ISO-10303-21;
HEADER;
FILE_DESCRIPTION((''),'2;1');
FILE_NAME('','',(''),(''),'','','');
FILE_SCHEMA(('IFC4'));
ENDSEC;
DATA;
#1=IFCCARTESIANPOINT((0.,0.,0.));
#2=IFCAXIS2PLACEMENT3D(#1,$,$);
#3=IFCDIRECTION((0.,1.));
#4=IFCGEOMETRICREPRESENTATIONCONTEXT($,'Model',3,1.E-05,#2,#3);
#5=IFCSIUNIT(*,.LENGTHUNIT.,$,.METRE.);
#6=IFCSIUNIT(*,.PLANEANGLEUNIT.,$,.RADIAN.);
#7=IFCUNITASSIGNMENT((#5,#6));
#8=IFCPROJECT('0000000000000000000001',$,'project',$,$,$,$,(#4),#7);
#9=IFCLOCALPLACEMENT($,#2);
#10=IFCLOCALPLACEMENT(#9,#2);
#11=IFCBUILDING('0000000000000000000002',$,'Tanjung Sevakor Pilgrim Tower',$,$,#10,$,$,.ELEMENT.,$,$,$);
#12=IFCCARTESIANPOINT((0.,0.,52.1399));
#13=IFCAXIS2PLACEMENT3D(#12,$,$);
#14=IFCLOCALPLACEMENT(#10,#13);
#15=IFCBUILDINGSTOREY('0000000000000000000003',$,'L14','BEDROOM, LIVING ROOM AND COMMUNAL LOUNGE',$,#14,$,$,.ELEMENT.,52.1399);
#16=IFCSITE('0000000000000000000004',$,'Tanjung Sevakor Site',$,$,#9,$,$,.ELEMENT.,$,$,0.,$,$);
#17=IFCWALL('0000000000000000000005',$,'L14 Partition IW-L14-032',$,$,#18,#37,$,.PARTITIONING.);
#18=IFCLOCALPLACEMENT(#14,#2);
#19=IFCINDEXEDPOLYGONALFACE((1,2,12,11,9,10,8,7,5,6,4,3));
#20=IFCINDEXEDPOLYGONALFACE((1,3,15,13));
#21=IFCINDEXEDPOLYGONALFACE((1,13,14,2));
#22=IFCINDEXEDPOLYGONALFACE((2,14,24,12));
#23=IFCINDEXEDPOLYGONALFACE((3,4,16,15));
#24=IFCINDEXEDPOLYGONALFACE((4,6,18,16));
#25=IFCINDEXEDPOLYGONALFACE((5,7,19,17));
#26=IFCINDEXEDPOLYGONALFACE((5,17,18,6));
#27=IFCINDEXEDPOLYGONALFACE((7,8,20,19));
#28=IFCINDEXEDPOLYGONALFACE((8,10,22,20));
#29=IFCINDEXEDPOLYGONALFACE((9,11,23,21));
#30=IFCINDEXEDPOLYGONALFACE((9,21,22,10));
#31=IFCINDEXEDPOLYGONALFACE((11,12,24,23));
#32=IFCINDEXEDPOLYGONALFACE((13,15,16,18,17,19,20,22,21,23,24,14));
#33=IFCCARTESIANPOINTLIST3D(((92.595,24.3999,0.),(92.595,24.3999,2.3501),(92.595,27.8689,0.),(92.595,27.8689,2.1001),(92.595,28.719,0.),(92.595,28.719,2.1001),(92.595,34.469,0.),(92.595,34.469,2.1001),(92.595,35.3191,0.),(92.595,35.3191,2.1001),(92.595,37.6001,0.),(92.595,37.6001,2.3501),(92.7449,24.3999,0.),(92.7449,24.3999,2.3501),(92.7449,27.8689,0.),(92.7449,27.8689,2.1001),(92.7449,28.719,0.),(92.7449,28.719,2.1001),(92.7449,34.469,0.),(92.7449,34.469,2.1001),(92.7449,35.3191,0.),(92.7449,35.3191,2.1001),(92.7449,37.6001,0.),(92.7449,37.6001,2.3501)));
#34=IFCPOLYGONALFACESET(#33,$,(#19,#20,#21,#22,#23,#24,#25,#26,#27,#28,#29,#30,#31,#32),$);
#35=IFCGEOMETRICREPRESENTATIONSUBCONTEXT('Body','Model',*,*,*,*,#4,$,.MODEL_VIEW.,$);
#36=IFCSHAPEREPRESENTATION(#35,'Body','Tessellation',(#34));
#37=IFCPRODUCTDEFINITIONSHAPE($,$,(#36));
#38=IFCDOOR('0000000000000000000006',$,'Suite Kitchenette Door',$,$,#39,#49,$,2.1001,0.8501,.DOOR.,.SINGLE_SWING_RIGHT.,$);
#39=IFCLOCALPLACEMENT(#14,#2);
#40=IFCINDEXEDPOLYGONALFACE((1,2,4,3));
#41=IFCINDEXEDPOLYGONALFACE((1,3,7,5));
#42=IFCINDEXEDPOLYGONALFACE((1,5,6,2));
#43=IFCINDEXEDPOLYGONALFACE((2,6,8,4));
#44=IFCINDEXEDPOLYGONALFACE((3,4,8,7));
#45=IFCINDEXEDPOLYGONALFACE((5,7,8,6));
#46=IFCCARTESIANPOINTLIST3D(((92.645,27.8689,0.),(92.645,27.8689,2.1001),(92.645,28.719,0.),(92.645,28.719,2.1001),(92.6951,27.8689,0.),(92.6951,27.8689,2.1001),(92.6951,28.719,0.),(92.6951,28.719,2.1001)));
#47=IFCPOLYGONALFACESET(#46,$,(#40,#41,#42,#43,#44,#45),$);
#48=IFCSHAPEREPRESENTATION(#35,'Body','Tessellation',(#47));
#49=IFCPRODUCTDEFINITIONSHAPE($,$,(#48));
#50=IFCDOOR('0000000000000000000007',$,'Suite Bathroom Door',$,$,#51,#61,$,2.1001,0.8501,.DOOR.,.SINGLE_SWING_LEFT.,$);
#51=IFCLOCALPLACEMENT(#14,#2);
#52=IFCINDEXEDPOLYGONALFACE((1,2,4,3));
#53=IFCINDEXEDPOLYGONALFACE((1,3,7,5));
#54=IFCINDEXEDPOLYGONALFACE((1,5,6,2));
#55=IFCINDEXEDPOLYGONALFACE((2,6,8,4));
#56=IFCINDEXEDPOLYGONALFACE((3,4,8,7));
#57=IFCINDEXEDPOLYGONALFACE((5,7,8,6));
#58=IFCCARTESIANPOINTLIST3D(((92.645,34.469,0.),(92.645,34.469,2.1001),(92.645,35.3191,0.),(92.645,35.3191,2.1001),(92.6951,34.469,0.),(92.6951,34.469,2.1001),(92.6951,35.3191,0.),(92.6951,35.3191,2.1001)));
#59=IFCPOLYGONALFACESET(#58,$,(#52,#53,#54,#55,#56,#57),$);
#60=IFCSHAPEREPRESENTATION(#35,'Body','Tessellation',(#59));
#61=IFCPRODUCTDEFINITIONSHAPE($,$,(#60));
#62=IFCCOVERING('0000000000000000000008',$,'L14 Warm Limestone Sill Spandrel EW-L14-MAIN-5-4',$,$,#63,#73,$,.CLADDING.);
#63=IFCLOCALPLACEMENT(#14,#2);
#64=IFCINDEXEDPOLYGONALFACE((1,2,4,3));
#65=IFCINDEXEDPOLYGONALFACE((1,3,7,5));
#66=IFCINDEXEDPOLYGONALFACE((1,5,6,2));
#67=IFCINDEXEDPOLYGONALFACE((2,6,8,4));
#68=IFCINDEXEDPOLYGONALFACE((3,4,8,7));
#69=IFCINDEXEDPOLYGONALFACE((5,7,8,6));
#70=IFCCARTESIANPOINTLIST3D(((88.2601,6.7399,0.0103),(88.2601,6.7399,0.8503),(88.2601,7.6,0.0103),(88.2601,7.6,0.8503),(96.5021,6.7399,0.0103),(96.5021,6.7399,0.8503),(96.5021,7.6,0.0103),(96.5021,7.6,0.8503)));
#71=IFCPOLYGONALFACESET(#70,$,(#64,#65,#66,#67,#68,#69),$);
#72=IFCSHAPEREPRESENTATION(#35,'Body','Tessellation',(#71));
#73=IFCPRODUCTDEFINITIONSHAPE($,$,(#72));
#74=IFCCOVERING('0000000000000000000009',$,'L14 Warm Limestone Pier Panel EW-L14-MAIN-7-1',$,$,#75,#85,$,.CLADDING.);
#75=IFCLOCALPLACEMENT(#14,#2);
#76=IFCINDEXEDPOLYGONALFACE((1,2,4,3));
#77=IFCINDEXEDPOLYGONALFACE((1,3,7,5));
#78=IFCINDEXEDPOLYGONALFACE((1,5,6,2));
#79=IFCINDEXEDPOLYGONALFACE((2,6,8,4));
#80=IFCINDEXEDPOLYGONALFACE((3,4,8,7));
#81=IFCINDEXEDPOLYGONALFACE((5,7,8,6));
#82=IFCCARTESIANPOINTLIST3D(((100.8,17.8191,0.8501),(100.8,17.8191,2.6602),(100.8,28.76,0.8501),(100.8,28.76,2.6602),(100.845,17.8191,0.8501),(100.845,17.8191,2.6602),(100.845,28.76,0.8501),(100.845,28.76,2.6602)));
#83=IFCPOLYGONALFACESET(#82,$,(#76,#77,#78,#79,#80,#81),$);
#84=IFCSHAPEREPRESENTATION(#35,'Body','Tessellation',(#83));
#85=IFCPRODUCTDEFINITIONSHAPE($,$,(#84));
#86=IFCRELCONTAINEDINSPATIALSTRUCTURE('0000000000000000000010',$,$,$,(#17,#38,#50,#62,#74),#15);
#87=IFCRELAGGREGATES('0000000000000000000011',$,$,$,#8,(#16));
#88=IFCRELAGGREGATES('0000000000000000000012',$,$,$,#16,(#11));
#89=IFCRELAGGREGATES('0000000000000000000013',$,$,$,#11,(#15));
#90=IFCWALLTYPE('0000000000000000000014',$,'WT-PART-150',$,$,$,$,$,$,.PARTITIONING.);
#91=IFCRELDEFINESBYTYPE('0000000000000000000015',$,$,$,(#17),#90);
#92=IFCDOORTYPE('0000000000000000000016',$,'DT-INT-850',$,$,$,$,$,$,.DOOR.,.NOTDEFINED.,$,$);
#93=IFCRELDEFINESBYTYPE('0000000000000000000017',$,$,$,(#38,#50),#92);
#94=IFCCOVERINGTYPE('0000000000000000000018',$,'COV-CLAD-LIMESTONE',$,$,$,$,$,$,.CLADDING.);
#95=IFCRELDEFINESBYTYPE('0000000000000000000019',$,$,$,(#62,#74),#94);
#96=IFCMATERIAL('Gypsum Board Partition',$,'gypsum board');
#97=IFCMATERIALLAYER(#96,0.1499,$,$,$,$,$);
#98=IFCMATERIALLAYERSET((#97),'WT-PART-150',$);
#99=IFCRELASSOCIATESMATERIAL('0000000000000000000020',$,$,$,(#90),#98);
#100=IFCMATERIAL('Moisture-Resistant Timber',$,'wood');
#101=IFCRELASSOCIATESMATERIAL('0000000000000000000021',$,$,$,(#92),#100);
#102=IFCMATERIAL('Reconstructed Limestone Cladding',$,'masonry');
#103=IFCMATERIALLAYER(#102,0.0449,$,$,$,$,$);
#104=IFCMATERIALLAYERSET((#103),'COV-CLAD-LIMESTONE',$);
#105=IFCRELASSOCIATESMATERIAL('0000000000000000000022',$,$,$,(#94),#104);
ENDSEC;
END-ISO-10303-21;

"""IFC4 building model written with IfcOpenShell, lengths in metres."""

from ifc_helpers import new_model, si_unit, direction, frame, frame_2d, origin, origin_2d, place, context, subcontext, project, spatial, rectangle, extrude, material, layer, layer_set, type_object, element, fill, save


model = new_model("IFC4")

# Units and contexts
model_context = context("Model", 3, precision=1e-05, world=origin(), true_north=direction((0.0, 1.0)))
body_context = subcontext(model_context, "Body", "Model", "MODEL_VIEW")
ifc_project = project(units=[si_unit("LENGTHUNIT", "METRE"), si_unit("PLANEANGLEUNIT", "RADIAN")], contexts=[model_context])

# Site, building, storey
site_placement = place(None, origin())
site = spatial("IfcSite", under=ifc_project, at=site_placement, Name="Tanjung Sevakor Site", CompositionType="ELEMENT", RefElevation=0.0)
building_placement = place(site_placement, origin())
building = spatial("IfcBuilding", under=site, at=building_placement, Name="Tanjung Sevakor Pilgrim Tower", CompositionType="ELEMENT")
storey_placement = place(building_placement, frame((0.0, 0.0, 52.1399)))
storey = spatial("IfcBuildingStorey", under=building, at=storey_placement, Name="L14", Description="BEDROOM, LIVING ROOM AND COMMUNAL LOUNGE", CompositionType="ELEMENT", Elevation=52.1399)

# Wall, openings, doors
ifc_material_1 = material(Name="Gypsum Board Partition", Category="gypsum board")
ifc_layer_1 = layer(ifc_material_1, 0.1499)
ifc_layer_set_1 = layer_set([ifc_layer_1], Name="WT-PART-150")
wall_type_1 = type_object("IfcWallType", Name="WT-PART-150", PredefinedType="PARTITIONING", material=ifc_layer_set_1)
wall_1_placement = place(storey_placement, frame((92.6699, 24.3999, 0.0), z_axis=(0.0, 0.0, 1.0), x_axis=(0.0, 1.0, 0.0)))
wall_1 = element("IfcWall", 1, at=wall_1_placement, inside=storey, type_object=wall_type_1, Name="L14 Partition IW-L14-032", PredefinedType="PARTITIONING", context=body_context, shape_type="SweptSolid", body=[
    extrude(rectangle(XDim=13.2002, YDim=0.1499, at=frame_2d((6.6001, 0.0))), origin(), (0.0, 0.0, 1.0), 2.3501),
])
opening_1_placement = place(wall_1_placement, frame((3.469, 0.0, 0.0)))
opening_1 = element("IfcOpeningElement", 2, at=opening_1_placement, cuts=wall_1, PredefinedType="OPENING", context=body_context, shape_type="SweptSolid", body=[
    extrude(rectangle(XDim=0.8501, YDim=2.1001, at=frame_2d((0.425, 1.05))), frame((0.0, 0.085, 0.0), z_axis=(0.0, -1.0, 0.0), x_axis=(1.0, 0.0, 0.0)), (0.0, 0.0, 1.0), 0.1699),
])
opening_2_placement = place(wall_1_placement, frame((10.0691, 0.0, 0.0)))
opening_2 = element("IfcOpeningElement", 3, at=opening_2_placement, cuts=wall_1, PredefinedType="OPENING", context=body_context, shape_type="SweptSolid", body=[
    extrude(rectangle(XDim=0.8501, YDim=2.1001, at=frame_2d((0.425, 1.05))), frame((0.0, 0.085, 0.0), z_axis=(0.0, -1.0, 0.0), x_axis=(1.0, 0.0, 0.0)), (0.0, 0.0, 1.0), 0.1699),
])
ifc_material_2 = material(Name="Moisture-Resistant Timber", Category="wood")
door_type_1 = type_object("IfcDoorType", Name="DT-INT-850", OperationType="NOTDEFINED", PredefinedType="DOOR", material=ifc_material_2)
door_1_placement = place(opening_1_placement, origin())
door_1 = element("IfcDoor", 4, at=door_1_placement, inside=storey, type_object=door_type_1, Name="Suite Kitchenette Door", OperationType="SINGLE_SWING_RIGHT", OverallHeight=2.1001, OverallWidth=0.8501, PredefinedType="DOOR", context=body_context, shape_type="SweptSolid", body=[
    extrude(rectangle(XDim=0.8501, YDim=2.1001, at=frame_2d((0.425, 1.05))), frame((0.0, 0.0249, 0.0), z_axis=(0.0, -1.0, 0.0), x_axis=(1.0, 0.0, 0.0)), (0.0, 0.0, 1.0), 0.05),
])
fill(opening_1, door_1)
door_2_placement = place(opening_2_placement, origin())
door_2 = element("IfcDoor", 5, at=door_2_placement, inside=storey, type_object=door_type_1, Name="Suite Bathroom Door", OperationType="SINGLE_SWING_LEFT", OverallHeight=2.1001, OverallWidth=0.8501, PredefinedType="DOOR", context=body_context, shape_type="SweptSolid", body=[
    extrude(rectangle(XDim=0.8501, YDim=2.1001, at=frame_2d((0.425, 1.05))), frame((0.0, 0.0249, 0.0), z_axis=(0.0, -1.0, 0.0), x_axis=(1.0, 0.0, 0.0)), (0.0, 0.0, 1.0), 0.05),
])
fill(opening_2, door_2)

# Coverings
ifc_material_3 = material(Name="Reconstructed Limestone Cladding", Category="masonry")
ifc_layer_2 = layer(ifc_material_3, 0.0449)
ifc_layer_set_2 = layer_set([ifc_layer_2], Name="COV-CLAD-LIMESTONE")
covering_type = type_object("IfcCoveringType", Name="COV-CLAD-LIMESTONE", PredefinedType="CLADDING", material=ifc_layer_set_2)
covering_1_placement = place(storey_placement, frame((92.3811, 7.1699, 0.0103), z_axis=(0.0, 0.0, 1.0), x_axis=(1.0, 0.0, 0.0)))
element("IfcCovering", 6, at=covering_1_placement, inside=storey, type_object=covering_type, Name="L14 Warm Limestone Sill Spandrel EW-L14-MAIN-5-4", PredefinedType="CLADDING", context=body_context, shape_type="SweptSolid", body=[
    extrude(rectangle(XDim=8.2419, YDim=0.8601, at=origin_2d()), origin(), (0.0, 0.0, 1.0), 0.8401),
])
covering_2_placement = place(storey_placement, frame((100.8225, 23.2896, 0.8501), z_axis=(0.0, 0.0, 1.0), x_axis=(0.0, 1.0, 0.0)))
element("IfcCovering", 7, at=covering_2_placement, inside=storey, type_object=covering_type, Name="L14 Warm Limestone Pier Panel EW-L14-MAIN-7-1", PredefinedType="CLADDING", context=body_context, shape_type="SweptSolid", body=[
    extrude(rectangle(XDim=10.9409, YDim=0.0449, at=origin_2d()), origin(), (0.0, 0.0, 1.0), 1.8101),
])

save(model, "model.ifc")
